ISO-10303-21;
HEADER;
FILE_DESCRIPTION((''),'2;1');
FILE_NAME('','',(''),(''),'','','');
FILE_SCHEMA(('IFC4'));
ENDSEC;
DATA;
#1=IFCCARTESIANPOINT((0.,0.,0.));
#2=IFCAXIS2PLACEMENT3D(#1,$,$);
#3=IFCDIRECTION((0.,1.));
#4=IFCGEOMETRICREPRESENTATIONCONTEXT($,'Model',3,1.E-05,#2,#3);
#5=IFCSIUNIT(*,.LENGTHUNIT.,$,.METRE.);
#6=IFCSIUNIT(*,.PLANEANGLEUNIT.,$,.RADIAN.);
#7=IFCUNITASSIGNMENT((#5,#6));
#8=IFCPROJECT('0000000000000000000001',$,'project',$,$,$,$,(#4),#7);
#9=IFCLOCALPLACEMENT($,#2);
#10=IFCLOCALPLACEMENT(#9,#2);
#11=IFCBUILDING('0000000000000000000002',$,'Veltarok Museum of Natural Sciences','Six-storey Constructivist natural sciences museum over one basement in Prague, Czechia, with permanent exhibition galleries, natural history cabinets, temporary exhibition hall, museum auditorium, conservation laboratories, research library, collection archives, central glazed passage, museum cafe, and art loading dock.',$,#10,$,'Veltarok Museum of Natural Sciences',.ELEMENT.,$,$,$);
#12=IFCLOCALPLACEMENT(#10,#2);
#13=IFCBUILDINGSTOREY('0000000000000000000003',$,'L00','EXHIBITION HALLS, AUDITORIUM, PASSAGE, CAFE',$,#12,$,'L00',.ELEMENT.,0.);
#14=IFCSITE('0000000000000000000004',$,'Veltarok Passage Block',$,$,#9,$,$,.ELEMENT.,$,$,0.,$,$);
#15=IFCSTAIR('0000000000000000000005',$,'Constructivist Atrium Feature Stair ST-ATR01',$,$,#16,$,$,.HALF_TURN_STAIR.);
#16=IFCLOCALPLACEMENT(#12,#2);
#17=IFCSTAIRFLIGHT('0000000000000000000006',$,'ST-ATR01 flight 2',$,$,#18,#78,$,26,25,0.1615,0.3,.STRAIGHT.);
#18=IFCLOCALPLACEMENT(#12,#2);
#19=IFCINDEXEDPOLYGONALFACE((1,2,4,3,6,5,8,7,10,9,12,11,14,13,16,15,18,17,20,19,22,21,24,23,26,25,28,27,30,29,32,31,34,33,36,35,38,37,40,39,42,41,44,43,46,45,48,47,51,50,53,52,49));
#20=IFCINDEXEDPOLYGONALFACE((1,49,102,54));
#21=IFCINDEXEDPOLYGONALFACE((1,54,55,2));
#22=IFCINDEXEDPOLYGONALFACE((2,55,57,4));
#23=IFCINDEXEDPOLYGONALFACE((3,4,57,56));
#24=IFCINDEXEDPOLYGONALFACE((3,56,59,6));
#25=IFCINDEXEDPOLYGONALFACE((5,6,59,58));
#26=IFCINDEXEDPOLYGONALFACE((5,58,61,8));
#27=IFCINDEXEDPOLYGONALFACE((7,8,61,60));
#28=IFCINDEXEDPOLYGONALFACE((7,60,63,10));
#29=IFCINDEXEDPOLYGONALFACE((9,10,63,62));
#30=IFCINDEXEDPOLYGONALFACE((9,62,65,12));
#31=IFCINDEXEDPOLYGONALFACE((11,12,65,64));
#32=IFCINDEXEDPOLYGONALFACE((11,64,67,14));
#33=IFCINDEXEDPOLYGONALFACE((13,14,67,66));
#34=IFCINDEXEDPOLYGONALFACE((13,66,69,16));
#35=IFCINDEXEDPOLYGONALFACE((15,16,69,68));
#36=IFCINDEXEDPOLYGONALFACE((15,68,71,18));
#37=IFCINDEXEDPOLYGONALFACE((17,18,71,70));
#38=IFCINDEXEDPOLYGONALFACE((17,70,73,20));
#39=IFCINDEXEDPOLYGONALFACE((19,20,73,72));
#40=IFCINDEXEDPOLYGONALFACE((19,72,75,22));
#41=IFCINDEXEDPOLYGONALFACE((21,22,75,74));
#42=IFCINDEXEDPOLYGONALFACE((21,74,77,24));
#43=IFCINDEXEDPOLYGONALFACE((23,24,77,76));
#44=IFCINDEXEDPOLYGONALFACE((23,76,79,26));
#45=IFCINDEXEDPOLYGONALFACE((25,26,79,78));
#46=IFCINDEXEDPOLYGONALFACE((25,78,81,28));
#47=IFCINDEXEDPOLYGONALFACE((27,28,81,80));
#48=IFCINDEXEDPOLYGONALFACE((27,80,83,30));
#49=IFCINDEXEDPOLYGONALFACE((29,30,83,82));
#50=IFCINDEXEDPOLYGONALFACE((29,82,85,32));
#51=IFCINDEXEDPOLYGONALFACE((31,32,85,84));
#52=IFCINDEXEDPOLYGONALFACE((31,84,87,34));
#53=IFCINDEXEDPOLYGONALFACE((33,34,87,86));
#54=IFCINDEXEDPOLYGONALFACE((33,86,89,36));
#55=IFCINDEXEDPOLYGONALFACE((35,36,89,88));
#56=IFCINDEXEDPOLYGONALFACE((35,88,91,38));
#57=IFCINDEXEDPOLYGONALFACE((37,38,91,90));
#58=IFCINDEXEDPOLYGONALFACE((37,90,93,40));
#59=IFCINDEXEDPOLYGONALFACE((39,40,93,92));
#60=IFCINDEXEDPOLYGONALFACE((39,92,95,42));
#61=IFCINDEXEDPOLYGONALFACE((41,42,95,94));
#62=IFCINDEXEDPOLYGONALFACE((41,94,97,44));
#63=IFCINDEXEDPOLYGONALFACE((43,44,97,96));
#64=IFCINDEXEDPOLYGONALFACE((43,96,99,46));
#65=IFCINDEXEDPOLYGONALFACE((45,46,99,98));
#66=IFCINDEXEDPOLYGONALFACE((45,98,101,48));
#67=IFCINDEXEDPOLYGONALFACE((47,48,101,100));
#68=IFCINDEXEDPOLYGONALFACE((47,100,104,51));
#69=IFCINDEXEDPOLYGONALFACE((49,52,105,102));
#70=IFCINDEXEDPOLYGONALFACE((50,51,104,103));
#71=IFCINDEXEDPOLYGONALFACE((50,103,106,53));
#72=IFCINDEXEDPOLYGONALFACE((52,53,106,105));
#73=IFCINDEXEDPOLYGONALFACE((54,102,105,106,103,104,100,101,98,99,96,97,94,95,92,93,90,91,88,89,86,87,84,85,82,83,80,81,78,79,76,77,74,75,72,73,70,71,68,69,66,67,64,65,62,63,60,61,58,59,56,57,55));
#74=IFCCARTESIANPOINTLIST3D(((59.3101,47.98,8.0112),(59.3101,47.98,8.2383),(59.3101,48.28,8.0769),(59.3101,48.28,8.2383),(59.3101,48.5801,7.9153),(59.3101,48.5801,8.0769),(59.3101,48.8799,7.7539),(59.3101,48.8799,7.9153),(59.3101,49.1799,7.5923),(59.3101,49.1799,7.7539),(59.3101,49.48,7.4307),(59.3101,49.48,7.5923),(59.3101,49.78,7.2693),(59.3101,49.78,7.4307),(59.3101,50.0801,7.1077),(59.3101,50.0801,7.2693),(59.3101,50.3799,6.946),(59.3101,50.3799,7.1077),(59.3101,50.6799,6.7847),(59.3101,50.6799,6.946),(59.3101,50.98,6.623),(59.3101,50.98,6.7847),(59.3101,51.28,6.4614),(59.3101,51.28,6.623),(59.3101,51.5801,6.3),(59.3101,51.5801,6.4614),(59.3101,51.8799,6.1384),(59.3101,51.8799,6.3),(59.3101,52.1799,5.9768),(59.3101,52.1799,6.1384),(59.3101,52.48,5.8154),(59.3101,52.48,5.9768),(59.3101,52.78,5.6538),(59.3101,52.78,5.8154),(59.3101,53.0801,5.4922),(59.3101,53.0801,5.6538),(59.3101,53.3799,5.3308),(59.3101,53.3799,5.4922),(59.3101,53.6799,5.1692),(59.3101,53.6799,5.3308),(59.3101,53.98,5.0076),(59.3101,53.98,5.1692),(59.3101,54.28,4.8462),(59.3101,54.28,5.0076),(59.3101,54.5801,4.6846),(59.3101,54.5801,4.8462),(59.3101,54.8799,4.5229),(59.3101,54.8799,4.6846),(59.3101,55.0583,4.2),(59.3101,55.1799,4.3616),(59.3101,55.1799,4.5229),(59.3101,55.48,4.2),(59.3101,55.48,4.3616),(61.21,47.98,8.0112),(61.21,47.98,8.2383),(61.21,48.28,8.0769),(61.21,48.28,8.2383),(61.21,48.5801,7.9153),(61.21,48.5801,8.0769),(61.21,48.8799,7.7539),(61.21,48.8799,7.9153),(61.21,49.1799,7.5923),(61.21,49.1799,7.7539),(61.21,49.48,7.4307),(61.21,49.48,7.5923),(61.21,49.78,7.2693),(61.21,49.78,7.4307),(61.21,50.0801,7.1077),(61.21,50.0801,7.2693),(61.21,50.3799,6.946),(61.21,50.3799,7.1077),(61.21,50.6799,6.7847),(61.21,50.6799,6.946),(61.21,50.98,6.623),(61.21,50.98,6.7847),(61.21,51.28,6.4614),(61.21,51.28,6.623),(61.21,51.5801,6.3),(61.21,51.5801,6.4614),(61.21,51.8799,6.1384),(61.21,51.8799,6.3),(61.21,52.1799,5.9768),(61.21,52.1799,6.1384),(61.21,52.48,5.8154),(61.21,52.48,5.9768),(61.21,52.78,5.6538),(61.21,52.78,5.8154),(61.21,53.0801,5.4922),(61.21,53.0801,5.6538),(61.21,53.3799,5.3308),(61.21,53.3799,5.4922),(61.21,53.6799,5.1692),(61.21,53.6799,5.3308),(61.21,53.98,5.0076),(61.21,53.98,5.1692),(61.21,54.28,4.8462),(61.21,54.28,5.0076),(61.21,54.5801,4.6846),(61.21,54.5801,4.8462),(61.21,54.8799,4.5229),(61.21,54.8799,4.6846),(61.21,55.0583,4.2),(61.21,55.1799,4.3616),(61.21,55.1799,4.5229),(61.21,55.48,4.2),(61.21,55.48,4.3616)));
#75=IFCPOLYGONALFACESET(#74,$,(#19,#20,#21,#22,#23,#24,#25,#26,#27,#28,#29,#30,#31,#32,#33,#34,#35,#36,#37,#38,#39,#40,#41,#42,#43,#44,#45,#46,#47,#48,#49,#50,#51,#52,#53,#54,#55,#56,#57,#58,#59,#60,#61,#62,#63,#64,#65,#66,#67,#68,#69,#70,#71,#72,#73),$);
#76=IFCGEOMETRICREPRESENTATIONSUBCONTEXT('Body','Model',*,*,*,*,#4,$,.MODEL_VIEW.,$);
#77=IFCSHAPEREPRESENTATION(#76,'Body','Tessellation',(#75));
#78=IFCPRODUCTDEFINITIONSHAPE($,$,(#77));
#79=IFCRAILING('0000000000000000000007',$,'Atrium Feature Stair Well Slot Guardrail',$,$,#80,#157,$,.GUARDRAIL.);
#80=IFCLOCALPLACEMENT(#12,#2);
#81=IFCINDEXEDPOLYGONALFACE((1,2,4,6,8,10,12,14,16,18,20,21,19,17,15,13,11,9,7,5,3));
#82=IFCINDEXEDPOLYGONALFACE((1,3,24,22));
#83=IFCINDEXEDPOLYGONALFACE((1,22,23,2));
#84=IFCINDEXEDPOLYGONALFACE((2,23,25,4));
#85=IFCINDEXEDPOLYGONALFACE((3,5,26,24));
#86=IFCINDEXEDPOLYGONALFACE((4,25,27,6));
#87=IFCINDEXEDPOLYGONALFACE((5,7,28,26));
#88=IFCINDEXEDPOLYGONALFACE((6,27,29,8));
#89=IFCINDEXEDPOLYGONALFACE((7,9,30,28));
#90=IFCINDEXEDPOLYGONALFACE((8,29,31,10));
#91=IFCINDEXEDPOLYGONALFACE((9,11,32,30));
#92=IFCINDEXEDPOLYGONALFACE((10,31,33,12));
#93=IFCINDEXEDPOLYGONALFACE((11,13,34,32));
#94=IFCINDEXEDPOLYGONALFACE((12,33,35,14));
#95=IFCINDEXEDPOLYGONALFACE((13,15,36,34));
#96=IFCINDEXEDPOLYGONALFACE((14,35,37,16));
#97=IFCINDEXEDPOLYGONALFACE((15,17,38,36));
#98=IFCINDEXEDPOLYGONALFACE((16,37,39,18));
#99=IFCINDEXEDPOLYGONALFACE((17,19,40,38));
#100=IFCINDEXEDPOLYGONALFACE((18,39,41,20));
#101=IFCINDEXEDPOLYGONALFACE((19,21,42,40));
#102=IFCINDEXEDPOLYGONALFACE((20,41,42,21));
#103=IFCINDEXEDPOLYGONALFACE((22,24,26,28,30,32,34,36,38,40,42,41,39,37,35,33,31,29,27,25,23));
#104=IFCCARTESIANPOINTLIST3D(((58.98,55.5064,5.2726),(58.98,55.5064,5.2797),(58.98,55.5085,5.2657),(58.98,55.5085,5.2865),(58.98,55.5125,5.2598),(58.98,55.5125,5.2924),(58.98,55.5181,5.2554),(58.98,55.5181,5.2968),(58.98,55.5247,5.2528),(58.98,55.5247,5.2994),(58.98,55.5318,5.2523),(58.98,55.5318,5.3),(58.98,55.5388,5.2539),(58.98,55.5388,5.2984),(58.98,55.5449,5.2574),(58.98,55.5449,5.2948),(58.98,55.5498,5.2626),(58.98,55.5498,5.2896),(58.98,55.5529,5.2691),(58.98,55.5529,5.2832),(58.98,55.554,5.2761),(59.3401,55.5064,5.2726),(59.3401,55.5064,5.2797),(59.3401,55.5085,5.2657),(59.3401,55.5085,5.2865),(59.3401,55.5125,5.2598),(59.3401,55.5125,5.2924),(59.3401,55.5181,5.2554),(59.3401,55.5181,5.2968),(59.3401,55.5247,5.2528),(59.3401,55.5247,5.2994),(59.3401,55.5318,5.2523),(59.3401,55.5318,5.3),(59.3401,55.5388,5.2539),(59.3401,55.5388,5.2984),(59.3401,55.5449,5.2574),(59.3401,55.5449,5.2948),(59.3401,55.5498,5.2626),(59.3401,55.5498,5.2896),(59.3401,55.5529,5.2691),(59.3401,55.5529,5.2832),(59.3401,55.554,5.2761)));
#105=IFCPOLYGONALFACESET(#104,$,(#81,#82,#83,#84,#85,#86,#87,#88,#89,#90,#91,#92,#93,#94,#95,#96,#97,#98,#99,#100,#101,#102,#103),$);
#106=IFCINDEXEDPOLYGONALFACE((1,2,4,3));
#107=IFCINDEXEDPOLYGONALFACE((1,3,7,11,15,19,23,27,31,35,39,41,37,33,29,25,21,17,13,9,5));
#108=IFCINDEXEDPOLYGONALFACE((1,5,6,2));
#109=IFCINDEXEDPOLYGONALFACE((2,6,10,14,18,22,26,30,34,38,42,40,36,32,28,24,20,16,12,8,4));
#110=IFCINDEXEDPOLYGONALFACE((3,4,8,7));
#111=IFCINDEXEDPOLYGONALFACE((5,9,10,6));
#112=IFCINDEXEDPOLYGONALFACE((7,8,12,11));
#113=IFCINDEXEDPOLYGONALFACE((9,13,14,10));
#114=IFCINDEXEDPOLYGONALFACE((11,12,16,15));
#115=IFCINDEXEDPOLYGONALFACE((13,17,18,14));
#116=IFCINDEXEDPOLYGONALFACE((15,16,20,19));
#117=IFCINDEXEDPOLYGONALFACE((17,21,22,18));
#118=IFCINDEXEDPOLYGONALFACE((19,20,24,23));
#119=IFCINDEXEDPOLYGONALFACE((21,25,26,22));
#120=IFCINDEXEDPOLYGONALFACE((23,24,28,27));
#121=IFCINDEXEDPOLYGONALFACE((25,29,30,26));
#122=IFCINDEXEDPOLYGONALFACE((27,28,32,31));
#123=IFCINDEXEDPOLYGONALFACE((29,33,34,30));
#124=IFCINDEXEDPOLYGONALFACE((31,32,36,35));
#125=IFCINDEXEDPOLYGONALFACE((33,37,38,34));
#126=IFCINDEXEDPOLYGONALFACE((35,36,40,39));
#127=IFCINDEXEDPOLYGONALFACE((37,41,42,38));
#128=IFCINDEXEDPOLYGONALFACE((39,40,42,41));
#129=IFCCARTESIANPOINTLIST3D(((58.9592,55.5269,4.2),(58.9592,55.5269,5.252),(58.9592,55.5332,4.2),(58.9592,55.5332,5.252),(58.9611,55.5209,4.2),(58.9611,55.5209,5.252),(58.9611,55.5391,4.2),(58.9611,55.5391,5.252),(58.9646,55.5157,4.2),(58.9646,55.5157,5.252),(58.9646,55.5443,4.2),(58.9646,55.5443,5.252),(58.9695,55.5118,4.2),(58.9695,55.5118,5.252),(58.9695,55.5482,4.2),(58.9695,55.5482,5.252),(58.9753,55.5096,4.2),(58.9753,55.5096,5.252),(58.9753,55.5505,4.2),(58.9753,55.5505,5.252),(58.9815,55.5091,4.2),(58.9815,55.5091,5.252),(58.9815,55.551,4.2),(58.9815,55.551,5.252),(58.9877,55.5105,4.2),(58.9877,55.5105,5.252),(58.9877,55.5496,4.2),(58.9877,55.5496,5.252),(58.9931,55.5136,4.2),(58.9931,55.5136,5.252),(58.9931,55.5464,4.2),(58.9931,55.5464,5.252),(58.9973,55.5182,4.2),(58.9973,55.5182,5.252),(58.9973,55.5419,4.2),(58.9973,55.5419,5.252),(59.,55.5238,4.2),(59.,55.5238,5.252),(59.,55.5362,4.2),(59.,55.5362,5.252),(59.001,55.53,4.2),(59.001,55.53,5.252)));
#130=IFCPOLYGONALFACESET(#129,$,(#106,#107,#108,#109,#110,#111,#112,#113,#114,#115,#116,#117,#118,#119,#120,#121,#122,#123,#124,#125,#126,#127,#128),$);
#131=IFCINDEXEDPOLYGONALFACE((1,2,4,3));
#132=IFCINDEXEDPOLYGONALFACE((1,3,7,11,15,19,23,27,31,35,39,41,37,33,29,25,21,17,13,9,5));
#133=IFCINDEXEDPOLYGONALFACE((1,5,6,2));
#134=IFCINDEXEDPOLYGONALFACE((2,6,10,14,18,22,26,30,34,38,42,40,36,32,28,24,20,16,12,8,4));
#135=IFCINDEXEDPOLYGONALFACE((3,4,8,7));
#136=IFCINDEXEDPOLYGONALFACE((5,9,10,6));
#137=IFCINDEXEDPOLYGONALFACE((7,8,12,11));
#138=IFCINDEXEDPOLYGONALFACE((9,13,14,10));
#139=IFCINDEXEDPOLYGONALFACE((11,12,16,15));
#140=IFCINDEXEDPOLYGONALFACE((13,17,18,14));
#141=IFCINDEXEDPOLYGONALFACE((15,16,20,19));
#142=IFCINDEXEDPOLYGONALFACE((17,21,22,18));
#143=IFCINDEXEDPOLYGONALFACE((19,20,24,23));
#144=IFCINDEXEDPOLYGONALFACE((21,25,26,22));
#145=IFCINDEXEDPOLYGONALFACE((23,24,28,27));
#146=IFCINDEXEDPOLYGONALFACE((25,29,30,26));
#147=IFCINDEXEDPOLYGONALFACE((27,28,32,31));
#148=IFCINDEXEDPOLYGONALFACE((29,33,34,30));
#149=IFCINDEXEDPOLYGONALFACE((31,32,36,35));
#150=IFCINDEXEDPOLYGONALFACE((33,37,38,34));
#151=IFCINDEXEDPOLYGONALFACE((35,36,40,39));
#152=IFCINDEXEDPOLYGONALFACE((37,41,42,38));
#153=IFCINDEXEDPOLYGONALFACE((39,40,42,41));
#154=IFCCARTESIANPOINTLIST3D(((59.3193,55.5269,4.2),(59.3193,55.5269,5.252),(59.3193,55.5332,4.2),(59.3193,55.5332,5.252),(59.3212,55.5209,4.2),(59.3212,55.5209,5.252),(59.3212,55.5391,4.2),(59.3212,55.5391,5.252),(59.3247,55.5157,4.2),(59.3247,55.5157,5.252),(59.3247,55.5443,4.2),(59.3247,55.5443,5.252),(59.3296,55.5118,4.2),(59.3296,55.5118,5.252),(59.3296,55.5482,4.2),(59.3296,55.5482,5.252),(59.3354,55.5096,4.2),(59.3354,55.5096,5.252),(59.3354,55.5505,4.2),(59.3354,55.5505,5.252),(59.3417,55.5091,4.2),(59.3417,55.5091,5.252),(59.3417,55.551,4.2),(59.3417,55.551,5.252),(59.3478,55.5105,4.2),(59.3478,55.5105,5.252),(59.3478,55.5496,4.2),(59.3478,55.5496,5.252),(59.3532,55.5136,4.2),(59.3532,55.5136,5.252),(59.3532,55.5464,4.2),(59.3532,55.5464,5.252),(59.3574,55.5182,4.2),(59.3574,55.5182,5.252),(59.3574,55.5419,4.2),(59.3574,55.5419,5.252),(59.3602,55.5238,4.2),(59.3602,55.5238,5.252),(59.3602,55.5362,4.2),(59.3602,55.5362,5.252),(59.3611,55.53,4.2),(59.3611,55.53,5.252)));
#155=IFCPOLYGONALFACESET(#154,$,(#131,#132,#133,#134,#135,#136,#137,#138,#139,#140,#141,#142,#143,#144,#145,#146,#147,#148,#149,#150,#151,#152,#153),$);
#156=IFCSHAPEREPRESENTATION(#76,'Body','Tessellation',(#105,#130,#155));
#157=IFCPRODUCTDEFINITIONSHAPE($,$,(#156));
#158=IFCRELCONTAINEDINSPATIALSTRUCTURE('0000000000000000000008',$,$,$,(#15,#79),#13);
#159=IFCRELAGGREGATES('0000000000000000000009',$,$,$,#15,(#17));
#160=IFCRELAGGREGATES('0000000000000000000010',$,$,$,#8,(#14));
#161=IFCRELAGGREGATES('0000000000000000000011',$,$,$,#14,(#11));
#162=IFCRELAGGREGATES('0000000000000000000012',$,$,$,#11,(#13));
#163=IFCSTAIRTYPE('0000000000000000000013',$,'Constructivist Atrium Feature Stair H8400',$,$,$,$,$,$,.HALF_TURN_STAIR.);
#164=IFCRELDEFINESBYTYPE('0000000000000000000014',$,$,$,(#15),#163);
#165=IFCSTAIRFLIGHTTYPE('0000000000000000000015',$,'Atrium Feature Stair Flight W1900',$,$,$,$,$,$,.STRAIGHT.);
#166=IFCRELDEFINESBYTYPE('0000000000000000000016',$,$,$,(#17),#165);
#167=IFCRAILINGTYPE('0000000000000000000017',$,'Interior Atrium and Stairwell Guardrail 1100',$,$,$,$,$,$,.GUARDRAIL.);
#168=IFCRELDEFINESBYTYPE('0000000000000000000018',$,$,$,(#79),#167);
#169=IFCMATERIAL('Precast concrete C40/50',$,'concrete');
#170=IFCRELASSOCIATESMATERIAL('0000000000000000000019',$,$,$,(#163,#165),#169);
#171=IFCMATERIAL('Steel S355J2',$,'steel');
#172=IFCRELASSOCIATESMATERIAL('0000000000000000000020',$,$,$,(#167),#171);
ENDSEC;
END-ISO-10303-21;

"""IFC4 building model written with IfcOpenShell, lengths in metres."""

from ifc_helpers import new_model, si_unit, direction, frame, origin, origin_2d, place, context, subcontext, project, spatial, polyline, circle, outline, extrude, material, type_object, element, aggregate, save


model = new_model("IFC4")

# Units and contexts
model_context = context("Model", 3, precision=1e-05, world=origin(), true_north=direction((0.0, 1.0)))
body_context = subcontext(model_context, "Body", "Model", "MODEL_VIEW")
ifc_project = project(units=[si_unit("LENGTHUNIT", "METRE"), si_unit("PLANEANGLEUNIT", "RADIAN")], contexts=[model_context])

# Site, building, storey
site_placement = place(None, origin())
site = spatial("IfcSite", under=ifc_project, at=site_placement, Name="Veltarok Passage Block", CompositionType="ELEMENT", RefElevation=0.0)
building_placement = place(site_placement, origin())
building = spatial("IfcBuilding", under=site, at=building_placement, Name="Veltarok Museum of Natural Sciences", Description="Six-storey Constructivist natural sciences museum over one basement in Prague, Czechia, with permanent exhibition galleries, natural history cabinets, temporary exhibition hall, museum auditorium, conservation laboratories, research library, collection archives, central glazed passage, museum cafe, and art loading dock.", LongName="Veltarok Museum of Natural Sciences", CompositionType="ELEMENT")
storey_placement = place(building_placement, origin())
storey = spatial("IfcBuildingStorey", under=building, at=storey_placement, Name="L00", Description="EXHIBITION HALLS, AUDITORIUM, PASSAGE, CAFE", LongName="L00", CompositionType="ELEMENT", Elevation=0.0)

# Shared definitions
ifc_material_1 = material(Name="Steel S355J2", Category="steel")

# Stair, stair flight
ifc_material_2 = material(Name="Precast concrete C40/50", Category="concrete")
stair_type = type_object("IfcStairType", Name="Constructivist Atrium Feature Stair H8400", PredefinedType="HALF_TURN_STAIR", material=ifc_material_2)
stair_placement = place(storey_placement, origin())
stair = element("IfcStair", 1, at=stair_placement, inside=storey, type_object=stair_type, Name="Constructivist Atrium Feature Stair ST-ATR01", PredefinedType="HALF_TURN_STAIR")
stair_flight_type = type_object("IfcStairFlightType", Name="Atrium Feature Stair Flight W1900", PredefinedType="STRAIGHT", material=ifc_material_2)
stair_flight_placement = place(storey_placement, frame((60.26, 55.48, 4.2), z_axis=(0.0, 0.0, 1.0), x_axis=(0.0, -1.0, 0.0)))
stair_flight = element("IfcStairFlight", 2, at=stair_flight_placement, type_object=stair_flight_type, Name="ST-ATR01 flight 2", NumberOfRisers=26, NumberOfTreads=25, PredefinedType="STRAIGHT", RiserHeight=0.1615, TreadLength=0.3, context=body_context, shape_type="SweptSolid", body=[
    extrude(outline(polyline([(0.0, 0.0), (0.0, 0.1616), (0.3, 0.1616), (0.3, 0.323), (0.6001, 0.323), (0.6001, 0.4846), (0.8999, 0.4846), (0.8999, 0.6462), (1.2, 0.6462), (1.2, 0.8076), (1.5, 0.8076), (1.5, 0.9692), (1.8, 0.9692), (1.8, 1.1309), (2.1001, 1.1309), (2.1001, 1.2922), (2.3999, 1.2922), (2.3999, 1.4539), (2.7, 1.4539), (2.7, 1.6155), (3.0, 1.6155), (3.0, 1.7769), (3.3, 1.7769), (3.3, 1.9385), (3.6001, 1.9385), (3.6001, 2.1001), (3.8999, 2.1001), (3.8999, 2.2615), (4.2, 2.2615), (4.2, 2.4231), (4.5, 2.4231), (4.5, 2.5847), (4.8, 2.5847), (4.8, 2.7461), (5.1001, 2.7461), (5.1001, 2.9077), (5.3999, 2.9077), (5.3999, 3.0693), (5.7, 3.0693), (5.7, 3.2307), (6.0, 3.2307), (6.0, 3.3923), (6.3, 3.3923), (6.3, 3.554), (6.6001, 3.554), (6.6001, 3.7153), (6.8999, 3.7153), (6.8999, 3.877), (7.2, 3.877), (7.2, 4.0383), (7.5, 4.0383), (7.5, 4.2), (7.5, 3.8113), (0.4216, 0.0), (0.0, 0.0)])), frame((0.0, 0.95, 0.0), z_axis=(0.0, -1.0, 0.0), x_axis=(1.0, 0.0, 0.0)), (0.0, 0.0, 1.0), 1.8999),
])
aggregate(stair, [stair_flight])

# Railing
railing_type_1 = type_object("IfcRailingType", Name="Interior Atrium and Stairwell Guardrail 1100", PredefinedType="GUARDRAIL", material=ifc_material_1)
railing_placement = place(storey_placement, frame((58.98, 55.53, 4.2)))
element("IfcRailing", 3, at=railing_placement, inside=storey, type_object=railing_type_1, Name="Atrium Feature Stair Well Slot Guardrail", PredefinedType="GUARDRAIL", context=body_context, shape_type="SweptSolid", body=[
    extrude(circle(Radius=0.0239, at=origin_2d()), frame((0.0, 0.0, 1.0762), z_axis=(1.0, 0.0, 0.0), x_axis=(0.0, 1.0, 0.0)), (0.0, 0.0, 1.0), 0.3601),
    extrude(circle(Radius=0.021, at=origin_2d()), origin(), (0.0, 0.0, 1.0), 1.052),
    extrude(circle(Radius=0.021, at=origin_2d()), frame((0.3601, 0.0, 0.0)), (0.0, 0.0, 1.0), 1.052),
])

save(model, "model.ifc")
